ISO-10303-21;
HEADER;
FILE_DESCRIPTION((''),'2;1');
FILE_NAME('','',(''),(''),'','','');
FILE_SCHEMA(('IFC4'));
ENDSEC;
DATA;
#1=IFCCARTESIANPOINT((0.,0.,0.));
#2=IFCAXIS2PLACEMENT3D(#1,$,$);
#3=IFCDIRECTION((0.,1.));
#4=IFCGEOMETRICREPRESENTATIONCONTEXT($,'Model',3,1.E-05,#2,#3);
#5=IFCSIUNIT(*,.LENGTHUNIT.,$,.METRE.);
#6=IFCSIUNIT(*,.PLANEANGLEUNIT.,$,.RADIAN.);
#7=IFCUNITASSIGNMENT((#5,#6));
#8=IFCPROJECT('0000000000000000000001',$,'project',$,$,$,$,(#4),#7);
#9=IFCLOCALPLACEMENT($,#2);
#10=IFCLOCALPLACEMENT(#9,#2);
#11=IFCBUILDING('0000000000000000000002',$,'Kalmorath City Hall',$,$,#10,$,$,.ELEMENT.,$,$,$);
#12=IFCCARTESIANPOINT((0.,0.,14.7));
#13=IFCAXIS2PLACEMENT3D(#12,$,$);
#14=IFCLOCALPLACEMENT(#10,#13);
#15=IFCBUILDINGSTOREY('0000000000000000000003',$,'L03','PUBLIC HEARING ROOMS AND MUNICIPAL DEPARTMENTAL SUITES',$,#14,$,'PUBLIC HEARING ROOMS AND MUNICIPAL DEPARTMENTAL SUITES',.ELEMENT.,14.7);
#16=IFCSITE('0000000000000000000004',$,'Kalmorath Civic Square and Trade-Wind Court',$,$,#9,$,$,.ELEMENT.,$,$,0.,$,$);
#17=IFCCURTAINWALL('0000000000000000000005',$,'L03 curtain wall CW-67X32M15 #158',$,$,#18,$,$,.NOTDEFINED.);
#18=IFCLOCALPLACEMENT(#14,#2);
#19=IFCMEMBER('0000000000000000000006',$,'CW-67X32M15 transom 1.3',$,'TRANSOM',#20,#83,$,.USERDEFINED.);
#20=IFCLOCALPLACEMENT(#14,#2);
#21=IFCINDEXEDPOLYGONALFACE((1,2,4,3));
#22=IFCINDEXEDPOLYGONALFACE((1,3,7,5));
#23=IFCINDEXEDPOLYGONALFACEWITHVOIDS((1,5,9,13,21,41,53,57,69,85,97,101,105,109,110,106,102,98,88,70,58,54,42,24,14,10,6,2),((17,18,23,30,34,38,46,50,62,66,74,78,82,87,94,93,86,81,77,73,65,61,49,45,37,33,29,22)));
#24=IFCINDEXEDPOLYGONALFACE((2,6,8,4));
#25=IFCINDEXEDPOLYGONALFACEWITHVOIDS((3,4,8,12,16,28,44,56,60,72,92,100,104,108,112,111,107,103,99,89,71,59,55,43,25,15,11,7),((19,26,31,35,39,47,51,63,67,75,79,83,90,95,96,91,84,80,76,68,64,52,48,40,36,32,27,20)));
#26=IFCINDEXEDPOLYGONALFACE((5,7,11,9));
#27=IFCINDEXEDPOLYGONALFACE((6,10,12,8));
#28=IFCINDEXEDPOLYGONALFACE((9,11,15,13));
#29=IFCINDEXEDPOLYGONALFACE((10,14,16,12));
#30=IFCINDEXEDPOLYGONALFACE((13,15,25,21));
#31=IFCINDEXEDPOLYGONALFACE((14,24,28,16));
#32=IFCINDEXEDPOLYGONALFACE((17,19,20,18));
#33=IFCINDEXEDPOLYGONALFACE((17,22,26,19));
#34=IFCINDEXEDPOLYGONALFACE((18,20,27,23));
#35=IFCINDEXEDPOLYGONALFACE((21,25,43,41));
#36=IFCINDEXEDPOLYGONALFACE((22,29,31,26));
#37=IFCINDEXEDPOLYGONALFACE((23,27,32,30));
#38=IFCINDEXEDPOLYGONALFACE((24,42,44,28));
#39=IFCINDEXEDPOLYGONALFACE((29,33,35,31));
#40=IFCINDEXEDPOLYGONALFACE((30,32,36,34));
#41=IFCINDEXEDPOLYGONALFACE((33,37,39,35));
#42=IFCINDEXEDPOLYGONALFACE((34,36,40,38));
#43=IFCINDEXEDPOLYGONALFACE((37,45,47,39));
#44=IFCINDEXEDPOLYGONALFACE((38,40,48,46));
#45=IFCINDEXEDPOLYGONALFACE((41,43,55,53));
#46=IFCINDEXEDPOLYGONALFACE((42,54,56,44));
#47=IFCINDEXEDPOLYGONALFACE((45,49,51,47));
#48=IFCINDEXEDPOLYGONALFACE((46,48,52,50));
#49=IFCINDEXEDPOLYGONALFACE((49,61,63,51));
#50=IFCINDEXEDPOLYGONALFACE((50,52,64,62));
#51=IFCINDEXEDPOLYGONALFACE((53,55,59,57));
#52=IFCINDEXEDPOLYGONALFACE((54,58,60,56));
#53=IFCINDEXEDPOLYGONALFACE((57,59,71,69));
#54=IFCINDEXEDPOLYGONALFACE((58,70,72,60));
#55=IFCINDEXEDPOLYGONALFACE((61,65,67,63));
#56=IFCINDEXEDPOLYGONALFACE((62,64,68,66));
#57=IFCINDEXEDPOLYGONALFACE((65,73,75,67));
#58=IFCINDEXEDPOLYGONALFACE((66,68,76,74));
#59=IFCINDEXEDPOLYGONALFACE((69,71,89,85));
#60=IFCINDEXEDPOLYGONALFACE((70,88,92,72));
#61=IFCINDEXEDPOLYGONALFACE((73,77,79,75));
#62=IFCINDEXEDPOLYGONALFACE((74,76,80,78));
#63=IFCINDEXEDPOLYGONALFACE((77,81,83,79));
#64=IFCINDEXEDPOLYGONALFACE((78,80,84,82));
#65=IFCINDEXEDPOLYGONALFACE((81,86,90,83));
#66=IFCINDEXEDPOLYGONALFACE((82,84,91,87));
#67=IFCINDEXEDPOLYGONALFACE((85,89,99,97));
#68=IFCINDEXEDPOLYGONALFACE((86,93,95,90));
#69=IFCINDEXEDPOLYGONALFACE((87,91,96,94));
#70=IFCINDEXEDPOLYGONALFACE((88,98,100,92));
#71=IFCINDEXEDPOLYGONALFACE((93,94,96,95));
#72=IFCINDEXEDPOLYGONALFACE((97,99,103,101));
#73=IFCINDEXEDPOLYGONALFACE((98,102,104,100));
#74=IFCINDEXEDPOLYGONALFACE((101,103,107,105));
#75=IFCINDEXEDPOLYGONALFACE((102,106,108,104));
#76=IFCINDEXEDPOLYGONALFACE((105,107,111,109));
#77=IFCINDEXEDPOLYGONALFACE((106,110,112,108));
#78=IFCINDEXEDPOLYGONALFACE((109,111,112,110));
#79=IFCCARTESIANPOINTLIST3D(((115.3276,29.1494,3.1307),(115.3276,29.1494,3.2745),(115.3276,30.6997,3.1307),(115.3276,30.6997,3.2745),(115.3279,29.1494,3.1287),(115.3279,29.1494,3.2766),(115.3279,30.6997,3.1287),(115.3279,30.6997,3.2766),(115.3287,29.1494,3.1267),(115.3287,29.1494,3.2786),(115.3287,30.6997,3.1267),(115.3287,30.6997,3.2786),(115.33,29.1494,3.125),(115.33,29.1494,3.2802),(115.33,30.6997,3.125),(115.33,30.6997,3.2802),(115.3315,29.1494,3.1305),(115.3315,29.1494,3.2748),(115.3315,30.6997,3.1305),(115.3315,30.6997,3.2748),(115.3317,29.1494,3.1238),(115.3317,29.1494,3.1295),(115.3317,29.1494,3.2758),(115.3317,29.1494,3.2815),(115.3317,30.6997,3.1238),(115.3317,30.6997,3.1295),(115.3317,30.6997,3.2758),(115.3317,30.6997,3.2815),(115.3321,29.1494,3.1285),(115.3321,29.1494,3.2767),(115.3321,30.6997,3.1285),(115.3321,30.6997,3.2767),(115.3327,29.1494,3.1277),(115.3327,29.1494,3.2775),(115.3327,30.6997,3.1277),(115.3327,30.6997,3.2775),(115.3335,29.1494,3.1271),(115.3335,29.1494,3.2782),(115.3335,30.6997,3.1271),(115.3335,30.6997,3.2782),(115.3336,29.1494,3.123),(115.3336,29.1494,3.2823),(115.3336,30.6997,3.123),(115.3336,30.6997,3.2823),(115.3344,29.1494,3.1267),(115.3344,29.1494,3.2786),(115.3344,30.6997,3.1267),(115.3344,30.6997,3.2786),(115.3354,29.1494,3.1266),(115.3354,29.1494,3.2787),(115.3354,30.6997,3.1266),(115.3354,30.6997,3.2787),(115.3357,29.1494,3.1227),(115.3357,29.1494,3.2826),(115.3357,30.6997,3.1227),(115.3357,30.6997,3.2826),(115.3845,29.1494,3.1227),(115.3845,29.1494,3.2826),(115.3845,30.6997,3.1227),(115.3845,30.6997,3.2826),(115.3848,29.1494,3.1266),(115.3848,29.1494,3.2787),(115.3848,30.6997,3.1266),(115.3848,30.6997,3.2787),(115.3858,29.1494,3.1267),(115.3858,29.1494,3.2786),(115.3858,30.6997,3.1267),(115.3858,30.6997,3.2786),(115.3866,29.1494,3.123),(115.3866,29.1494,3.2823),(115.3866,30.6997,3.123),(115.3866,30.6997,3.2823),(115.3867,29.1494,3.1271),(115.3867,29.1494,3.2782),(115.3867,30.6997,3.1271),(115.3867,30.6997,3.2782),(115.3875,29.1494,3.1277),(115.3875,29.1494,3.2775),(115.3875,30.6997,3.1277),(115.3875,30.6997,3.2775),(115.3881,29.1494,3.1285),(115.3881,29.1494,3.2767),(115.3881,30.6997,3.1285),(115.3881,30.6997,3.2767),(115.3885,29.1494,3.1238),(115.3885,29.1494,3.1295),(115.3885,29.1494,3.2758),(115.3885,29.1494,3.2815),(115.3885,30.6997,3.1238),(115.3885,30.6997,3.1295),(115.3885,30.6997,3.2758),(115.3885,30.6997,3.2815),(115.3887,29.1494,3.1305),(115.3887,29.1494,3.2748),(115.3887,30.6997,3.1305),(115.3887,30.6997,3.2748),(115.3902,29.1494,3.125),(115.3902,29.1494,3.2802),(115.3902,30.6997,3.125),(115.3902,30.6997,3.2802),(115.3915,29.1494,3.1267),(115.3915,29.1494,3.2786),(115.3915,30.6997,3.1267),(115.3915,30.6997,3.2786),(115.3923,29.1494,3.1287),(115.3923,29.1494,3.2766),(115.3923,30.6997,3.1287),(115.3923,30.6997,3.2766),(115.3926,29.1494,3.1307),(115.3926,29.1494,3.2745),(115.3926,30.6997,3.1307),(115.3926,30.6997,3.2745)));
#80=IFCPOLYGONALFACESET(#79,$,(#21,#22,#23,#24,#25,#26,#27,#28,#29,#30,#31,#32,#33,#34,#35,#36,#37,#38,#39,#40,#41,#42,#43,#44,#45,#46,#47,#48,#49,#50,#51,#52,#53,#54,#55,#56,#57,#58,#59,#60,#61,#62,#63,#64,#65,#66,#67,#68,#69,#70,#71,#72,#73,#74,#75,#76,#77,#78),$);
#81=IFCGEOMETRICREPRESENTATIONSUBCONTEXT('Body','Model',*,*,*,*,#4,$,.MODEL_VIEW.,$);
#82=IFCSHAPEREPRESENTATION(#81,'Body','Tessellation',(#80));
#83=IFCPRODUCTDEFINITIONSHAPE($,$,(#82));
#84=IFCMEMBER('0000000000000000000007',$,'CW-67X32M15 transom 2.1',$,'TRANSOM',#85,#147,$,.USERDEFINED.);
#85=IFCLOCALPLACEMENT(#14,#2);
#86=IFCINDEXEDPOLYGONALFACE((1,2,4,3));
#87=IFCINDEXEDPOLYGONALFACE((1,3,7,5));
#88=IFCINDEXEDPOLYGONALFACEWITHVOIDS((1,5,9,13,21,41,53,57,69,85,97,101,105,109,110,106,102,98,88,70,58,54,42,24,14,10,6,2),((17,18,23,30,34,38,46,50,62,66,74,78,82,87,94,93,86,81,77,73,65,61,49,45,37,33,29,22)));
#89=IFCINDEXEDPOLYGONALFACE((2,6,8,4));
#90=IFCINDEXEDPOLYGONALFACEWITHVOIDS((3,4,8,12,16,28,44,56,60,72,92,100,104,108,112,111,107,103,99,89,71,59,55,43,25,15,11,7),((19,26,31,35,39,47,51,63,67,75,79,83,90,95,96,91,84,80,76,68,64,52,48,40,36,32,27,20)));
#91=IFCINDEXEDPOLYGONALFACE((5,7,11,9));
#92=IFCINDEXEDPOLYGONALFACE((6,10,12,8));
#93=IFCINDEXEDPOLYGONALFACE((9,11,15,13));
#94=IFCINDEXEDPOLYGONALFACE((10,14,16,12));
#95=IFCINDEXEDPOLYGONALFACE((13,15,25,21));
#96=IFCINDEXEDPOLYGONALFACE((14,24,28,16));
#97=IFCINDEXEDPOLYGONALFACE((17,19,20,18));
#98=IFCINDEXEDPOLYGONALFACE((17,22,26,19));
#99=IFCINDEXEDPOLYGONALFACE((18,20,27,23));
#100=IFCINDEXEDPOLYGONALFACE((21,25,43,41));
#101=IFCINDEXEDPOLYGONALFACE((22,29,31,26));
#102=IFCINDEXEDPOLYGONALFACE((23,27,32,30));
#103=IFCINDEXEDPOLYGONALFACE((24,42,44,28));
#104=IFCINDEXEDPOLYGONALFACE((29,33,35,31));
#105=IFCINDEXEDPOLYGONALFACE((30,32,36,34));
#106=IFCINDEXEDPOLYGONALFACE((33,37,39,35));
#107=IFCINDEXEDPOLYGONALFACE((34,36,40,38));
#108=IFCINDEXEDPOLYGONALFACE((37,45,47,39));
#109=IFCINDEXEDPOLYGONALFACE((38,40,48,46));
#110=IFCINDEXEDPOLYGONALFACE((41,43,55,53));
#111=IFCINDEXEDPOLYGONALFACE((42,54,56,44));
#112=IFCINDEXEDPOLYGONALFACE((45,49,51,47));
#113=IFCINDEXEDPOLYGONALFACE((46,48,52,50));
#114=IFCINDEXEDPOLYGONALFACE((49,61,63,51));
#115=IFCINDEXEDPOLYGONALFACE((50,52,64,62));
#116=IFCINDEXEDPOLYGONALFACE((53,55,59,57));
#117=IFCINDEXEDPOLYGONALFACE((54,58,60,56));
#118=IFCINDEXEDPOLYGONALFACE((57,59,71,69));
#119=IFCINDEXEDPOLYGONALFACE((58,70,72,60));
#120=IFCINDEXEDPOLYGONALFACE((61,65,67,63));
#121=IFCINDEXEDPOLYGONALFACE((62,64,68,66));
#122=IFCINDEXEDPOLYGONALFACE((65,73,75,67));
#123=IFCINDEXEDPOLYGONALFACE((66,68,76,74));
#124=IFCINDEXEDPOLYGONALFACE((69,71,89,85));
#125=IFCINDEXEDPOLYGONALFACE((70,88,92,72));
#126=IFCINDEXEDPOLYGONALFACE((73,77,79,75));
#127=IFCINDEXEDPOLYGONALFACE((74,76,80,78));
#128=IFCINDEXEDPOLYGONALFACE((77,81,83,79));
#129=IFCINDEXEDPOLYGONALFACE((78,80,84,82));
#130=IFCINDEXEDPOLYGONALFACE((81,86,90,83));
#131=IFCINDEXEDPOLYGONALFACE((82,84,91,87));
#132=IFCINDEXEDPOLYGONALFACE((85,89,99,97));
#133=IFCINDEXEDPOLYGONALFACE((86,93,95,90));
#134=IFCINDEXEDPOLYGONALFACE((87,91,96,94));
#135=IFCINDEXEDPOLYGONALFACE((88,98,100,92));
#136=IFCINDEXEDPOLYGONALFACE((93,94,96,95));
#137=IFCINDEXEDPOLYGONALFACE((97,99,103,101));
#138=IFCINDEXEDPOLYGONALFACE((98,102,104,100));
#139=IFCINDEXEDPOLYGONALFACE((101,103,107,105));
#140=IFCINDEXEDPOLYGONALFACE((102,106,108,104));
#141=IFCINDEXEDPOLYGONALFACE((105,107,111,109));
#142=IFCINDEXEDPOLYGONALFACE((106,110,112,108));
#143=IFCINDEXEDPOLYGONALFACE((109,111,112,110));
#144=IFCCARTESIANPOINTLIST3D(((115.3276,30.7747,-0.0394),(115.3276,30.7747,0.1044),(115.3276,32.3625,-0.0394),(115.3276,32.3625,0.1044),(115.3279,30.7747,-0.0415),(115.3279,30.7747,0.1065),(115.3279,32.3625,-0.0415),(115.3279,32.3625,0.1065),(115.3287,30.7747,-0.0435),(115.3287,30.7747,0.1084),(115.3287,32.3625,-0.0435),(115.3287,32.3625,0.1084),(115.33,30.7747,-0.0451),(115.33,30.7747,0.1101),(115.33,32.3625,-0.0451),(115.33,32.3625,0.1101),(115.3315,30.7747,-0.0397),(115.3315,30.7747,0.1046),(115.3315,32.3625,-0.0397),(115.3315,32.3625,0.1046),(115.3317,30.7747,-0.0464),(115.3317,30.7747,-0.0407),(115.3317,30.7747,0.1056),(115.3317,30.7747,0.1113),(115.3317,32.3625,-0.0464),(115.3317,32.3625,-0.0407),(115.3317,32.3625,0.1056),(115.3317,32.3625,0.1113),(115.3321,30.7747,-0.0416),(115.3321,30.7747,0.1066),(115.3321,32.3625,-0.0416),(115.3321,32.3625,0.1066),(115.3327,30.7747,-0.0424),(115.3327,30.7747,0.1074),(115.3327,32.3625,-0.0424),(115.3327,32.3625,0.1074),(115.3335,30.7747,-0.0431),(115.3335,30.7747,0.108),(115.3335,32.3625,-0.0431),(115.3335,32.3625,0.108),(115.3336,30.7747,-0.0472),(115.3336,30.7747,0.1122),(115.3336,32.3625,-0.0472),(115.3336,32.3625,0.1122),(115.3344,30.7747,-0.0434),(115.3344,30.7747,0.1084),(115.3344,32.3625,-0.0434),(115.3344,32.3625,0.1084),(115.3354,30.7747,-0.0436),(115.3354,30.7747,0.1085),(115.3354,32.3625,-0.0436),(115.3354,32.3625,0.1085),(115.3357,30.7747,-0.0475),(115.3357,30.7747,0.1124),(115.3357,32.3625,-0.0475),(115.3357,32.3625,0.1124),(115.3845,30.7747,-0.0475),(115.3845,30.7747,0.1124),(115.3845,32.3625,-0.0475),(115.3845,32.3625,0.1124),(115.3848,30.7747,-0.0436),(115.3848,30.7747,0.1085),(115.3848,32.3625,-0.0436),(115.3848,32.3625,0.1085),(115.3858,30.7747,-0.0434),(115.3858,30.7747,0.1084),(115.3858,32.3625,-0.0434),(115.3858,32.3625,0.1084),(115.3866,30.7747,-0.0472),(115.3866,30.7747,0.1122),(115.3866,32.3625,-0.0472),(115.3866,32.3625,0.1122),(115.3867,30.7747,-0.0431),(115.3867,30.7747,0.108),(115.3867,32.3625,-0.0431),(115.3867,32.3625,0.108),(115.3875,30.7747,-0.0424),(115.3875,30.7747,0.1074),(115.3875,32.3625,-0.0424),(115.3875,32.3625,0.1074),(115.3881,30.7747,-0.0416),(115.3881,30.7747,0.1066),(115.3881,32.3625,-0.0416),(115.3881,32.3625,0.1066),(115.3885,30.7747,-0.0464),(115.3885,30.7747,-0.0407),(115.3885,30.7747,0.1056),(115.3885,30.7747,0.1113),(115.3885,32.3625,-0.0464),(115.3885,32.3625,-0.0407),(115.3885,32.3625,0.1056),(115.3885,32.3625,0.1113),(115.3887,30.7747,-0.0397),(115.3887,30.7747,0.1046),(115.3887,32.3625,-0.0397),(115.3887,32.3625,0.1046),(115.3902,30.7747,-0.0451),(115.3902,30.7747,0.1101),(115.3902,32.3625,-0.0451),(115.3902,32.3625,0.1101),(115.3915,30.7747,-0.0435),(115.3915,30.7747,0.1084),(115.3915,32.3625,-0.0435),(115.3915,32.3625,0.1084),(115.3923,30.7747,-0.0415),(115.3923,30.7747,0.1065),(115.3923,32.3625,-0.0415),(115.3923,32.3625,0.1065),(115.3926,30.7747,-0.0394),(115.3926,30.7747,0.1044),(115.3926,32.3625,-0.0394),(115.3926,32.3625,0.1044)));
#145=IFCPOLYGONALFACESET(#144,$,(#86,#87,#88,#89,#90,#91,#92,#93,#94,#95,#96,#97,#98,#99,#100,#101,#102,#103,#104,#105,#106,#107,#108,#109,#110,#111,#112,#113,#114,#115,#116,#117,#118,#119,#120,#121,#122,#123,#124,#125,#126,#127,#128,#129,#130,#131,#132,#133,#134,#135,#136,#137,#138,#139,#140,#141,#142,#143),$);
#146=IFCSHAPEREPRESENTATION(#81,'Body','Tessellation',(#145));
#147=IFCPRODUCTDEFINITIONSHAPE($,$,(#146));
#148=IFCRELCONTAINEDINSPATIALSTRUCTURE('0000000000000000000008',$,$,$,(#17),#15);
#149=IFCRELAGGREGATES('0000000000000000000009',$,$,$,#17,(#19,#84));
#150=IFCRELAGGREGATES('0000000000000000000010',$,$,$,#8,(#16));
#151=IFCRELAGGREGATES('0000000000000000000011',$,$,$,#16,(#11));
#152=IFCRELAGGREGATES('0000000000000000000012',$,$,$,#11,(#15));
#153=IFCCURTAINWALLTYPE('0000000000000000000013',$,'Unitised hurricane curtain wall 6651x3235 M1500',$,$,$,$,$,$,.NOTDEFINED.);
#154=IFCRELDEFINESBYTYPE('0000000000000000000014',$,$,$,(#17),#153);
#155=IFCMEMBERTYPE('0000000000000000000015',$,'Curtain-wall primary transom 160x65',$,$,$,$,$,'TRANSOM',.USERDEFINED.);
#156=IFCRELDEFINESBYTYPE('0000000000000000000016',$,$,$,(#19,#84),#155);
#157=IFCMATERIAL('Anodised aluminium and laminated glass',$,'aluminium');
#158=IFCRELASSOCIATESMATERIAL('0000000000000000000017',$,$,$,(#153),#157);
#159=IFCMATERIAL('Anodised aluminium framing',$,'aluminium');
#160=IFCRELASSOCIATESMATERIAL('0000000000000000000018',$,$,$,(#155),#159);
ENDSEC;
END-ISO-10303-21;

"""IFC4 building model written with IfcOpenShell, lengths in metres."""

from ifc_helpers import new_model, si_unit, direction, frame, origin, origin_2d, place, context, subcontext, project, spatial, hollow_rectangle, extrude, material, material_profile, profile_set, type_object, element, aggregate, save


model = new_model("IFC4")

# Units and contexts
model_context = context("Model", 3, precision=1e-05, world=origin(), true_north=direction((0.0, 1.0)))
body_context = subcontext(model_context, "Body", "Model", "MODEL_VIEW")
ifc_project = project(units=[si_unit("LENGTHUNIT", "METRE"), si_unit("PLANEANGLEUNIT", "RADIAN")], contexts=[model_context])

# Site, building, storey
site_placement = place(None, origin())
site = spatial("IfcSite", under=ifc_project, at=site_placement, Name="Kalmorath Civic Square and Trade-Wind Court", CompositionType="ELEMENT", RefElevation=0.0)
building_placement = place(site_placement, origin())
building = spatial("IfcBuilding", under=site, at=building_placement, Name="Kalmorath City Hall", CompositionType="ELEMENT")
storey_placement = place(building_placement, frame((0.0, 0.0, 14.7)))
storey = spatial("IfcBuildingStorey", under=building, at=storey_placement, Name="L03", Description="PUBLIC HEARING ROOMS AND MUNICIPAL DEPARTMENTAL SUITES", LongName="PUBLIC HEARING ROOMS AND MUNICIPAL DEPARTMENTAL SUITES", CompositionType="ELEMENT", Elevation=14.7)

# Curtain wall, members
ifc_material_1 = material(Name="Anodised aluminium and laminated glass", Category="aluminium")
curtain_wall_type = type_object("IfcCurtainWallType", Name="Unitised hurricane curtain wall 6651x3235 M1500", PredefinedType="NOTDEFINED", material=ifc_material_1)
curtain_wall_placement = place(storey_placement, origin())
curtain_wall = element("IfcCurtainWall", 1, at=curtain_wall_placement, inside=storey, type_object=curtain_wall_type, Name="L03 curtain wall CW-67X32M15 #158", PredefinedType="NOTDEFINED")
ifc_material_2 = material(Name="Anodised aluminium framing", Category="aluminium")
ifc_material_profile_1 = material_profile(ifc_material_2, hollow_rectangle(XDim=0.0649, YDim=0.1599, WallThickness=0.0039, InnerFilletRadius=0.0039, OuterFilletRadius=0.0081, at=origin_2d()), Name="ALU-TRN-160X65X4")
ifc_profile_set_1 = profile_set([ifc_material_profile_1], Name="Anodised aluminium framing")
member_type_1 = type_object("IfcMemberType", Name="Curtain-wall primary transom 160x65", ElementType="TRANSOM", PredefinedType="USERDEFINED", material=ifc_profile_set_1)
member_1_placement = place(storey_placement, frame((115.3601, 29.1494, 3.2026), z_axis=(0.0, 1.0, 0.0), x_axis=(-1.0, 0.0, 0.0)))
member_1 = element("IfcMember", 2, at=member_1_placement, type_object=member_type_1, Name="CW-67X32M15 transom 1.3", ObjectType="TRANSOM", PredefinedType="USERDEFINED", context=body_context, shape_type="SweptSolid", body=[
    extrude(hollow_rectangle(XDim=0.0649, YDim=0.1599, WallThickness=0.0039, InnerFilletRadius=0.0039, OuterFilletRadius=0.0081, at=origin_2d()), origin(), (0.0, 0.0, 1.0), 1.5503),
])
member_2_placement = place(storey_placement, frame((115.3601, 30.7747, 0.0325), z_axis=(0.0, 1.0, 0.0), x_axis=(-1.0, 0.0, 0.0)))
member_2 = element("IfcMember", 3, at=member_2_placement, type_object=member_type_1, Name="CW-67X32M15 transom 2.1", ObjectType="TRANSOM", PredefinedType="USERDEFINED", context=body_context, shape_type="SweptSolid", body=[
    extrude(hollow_rectangle(XDim=0.0649, YDim=0.1599, WallThickness=0.0039, InnerFilletRadius=0.0039, OuterFilletRadius=0.0081, at=origin_2d()), origin(), (0.0, 0.0, 1.0), 1.5879),
])
aggregate(curtain_wall, [member_1, member_2])

save(model, "model.ifc")
